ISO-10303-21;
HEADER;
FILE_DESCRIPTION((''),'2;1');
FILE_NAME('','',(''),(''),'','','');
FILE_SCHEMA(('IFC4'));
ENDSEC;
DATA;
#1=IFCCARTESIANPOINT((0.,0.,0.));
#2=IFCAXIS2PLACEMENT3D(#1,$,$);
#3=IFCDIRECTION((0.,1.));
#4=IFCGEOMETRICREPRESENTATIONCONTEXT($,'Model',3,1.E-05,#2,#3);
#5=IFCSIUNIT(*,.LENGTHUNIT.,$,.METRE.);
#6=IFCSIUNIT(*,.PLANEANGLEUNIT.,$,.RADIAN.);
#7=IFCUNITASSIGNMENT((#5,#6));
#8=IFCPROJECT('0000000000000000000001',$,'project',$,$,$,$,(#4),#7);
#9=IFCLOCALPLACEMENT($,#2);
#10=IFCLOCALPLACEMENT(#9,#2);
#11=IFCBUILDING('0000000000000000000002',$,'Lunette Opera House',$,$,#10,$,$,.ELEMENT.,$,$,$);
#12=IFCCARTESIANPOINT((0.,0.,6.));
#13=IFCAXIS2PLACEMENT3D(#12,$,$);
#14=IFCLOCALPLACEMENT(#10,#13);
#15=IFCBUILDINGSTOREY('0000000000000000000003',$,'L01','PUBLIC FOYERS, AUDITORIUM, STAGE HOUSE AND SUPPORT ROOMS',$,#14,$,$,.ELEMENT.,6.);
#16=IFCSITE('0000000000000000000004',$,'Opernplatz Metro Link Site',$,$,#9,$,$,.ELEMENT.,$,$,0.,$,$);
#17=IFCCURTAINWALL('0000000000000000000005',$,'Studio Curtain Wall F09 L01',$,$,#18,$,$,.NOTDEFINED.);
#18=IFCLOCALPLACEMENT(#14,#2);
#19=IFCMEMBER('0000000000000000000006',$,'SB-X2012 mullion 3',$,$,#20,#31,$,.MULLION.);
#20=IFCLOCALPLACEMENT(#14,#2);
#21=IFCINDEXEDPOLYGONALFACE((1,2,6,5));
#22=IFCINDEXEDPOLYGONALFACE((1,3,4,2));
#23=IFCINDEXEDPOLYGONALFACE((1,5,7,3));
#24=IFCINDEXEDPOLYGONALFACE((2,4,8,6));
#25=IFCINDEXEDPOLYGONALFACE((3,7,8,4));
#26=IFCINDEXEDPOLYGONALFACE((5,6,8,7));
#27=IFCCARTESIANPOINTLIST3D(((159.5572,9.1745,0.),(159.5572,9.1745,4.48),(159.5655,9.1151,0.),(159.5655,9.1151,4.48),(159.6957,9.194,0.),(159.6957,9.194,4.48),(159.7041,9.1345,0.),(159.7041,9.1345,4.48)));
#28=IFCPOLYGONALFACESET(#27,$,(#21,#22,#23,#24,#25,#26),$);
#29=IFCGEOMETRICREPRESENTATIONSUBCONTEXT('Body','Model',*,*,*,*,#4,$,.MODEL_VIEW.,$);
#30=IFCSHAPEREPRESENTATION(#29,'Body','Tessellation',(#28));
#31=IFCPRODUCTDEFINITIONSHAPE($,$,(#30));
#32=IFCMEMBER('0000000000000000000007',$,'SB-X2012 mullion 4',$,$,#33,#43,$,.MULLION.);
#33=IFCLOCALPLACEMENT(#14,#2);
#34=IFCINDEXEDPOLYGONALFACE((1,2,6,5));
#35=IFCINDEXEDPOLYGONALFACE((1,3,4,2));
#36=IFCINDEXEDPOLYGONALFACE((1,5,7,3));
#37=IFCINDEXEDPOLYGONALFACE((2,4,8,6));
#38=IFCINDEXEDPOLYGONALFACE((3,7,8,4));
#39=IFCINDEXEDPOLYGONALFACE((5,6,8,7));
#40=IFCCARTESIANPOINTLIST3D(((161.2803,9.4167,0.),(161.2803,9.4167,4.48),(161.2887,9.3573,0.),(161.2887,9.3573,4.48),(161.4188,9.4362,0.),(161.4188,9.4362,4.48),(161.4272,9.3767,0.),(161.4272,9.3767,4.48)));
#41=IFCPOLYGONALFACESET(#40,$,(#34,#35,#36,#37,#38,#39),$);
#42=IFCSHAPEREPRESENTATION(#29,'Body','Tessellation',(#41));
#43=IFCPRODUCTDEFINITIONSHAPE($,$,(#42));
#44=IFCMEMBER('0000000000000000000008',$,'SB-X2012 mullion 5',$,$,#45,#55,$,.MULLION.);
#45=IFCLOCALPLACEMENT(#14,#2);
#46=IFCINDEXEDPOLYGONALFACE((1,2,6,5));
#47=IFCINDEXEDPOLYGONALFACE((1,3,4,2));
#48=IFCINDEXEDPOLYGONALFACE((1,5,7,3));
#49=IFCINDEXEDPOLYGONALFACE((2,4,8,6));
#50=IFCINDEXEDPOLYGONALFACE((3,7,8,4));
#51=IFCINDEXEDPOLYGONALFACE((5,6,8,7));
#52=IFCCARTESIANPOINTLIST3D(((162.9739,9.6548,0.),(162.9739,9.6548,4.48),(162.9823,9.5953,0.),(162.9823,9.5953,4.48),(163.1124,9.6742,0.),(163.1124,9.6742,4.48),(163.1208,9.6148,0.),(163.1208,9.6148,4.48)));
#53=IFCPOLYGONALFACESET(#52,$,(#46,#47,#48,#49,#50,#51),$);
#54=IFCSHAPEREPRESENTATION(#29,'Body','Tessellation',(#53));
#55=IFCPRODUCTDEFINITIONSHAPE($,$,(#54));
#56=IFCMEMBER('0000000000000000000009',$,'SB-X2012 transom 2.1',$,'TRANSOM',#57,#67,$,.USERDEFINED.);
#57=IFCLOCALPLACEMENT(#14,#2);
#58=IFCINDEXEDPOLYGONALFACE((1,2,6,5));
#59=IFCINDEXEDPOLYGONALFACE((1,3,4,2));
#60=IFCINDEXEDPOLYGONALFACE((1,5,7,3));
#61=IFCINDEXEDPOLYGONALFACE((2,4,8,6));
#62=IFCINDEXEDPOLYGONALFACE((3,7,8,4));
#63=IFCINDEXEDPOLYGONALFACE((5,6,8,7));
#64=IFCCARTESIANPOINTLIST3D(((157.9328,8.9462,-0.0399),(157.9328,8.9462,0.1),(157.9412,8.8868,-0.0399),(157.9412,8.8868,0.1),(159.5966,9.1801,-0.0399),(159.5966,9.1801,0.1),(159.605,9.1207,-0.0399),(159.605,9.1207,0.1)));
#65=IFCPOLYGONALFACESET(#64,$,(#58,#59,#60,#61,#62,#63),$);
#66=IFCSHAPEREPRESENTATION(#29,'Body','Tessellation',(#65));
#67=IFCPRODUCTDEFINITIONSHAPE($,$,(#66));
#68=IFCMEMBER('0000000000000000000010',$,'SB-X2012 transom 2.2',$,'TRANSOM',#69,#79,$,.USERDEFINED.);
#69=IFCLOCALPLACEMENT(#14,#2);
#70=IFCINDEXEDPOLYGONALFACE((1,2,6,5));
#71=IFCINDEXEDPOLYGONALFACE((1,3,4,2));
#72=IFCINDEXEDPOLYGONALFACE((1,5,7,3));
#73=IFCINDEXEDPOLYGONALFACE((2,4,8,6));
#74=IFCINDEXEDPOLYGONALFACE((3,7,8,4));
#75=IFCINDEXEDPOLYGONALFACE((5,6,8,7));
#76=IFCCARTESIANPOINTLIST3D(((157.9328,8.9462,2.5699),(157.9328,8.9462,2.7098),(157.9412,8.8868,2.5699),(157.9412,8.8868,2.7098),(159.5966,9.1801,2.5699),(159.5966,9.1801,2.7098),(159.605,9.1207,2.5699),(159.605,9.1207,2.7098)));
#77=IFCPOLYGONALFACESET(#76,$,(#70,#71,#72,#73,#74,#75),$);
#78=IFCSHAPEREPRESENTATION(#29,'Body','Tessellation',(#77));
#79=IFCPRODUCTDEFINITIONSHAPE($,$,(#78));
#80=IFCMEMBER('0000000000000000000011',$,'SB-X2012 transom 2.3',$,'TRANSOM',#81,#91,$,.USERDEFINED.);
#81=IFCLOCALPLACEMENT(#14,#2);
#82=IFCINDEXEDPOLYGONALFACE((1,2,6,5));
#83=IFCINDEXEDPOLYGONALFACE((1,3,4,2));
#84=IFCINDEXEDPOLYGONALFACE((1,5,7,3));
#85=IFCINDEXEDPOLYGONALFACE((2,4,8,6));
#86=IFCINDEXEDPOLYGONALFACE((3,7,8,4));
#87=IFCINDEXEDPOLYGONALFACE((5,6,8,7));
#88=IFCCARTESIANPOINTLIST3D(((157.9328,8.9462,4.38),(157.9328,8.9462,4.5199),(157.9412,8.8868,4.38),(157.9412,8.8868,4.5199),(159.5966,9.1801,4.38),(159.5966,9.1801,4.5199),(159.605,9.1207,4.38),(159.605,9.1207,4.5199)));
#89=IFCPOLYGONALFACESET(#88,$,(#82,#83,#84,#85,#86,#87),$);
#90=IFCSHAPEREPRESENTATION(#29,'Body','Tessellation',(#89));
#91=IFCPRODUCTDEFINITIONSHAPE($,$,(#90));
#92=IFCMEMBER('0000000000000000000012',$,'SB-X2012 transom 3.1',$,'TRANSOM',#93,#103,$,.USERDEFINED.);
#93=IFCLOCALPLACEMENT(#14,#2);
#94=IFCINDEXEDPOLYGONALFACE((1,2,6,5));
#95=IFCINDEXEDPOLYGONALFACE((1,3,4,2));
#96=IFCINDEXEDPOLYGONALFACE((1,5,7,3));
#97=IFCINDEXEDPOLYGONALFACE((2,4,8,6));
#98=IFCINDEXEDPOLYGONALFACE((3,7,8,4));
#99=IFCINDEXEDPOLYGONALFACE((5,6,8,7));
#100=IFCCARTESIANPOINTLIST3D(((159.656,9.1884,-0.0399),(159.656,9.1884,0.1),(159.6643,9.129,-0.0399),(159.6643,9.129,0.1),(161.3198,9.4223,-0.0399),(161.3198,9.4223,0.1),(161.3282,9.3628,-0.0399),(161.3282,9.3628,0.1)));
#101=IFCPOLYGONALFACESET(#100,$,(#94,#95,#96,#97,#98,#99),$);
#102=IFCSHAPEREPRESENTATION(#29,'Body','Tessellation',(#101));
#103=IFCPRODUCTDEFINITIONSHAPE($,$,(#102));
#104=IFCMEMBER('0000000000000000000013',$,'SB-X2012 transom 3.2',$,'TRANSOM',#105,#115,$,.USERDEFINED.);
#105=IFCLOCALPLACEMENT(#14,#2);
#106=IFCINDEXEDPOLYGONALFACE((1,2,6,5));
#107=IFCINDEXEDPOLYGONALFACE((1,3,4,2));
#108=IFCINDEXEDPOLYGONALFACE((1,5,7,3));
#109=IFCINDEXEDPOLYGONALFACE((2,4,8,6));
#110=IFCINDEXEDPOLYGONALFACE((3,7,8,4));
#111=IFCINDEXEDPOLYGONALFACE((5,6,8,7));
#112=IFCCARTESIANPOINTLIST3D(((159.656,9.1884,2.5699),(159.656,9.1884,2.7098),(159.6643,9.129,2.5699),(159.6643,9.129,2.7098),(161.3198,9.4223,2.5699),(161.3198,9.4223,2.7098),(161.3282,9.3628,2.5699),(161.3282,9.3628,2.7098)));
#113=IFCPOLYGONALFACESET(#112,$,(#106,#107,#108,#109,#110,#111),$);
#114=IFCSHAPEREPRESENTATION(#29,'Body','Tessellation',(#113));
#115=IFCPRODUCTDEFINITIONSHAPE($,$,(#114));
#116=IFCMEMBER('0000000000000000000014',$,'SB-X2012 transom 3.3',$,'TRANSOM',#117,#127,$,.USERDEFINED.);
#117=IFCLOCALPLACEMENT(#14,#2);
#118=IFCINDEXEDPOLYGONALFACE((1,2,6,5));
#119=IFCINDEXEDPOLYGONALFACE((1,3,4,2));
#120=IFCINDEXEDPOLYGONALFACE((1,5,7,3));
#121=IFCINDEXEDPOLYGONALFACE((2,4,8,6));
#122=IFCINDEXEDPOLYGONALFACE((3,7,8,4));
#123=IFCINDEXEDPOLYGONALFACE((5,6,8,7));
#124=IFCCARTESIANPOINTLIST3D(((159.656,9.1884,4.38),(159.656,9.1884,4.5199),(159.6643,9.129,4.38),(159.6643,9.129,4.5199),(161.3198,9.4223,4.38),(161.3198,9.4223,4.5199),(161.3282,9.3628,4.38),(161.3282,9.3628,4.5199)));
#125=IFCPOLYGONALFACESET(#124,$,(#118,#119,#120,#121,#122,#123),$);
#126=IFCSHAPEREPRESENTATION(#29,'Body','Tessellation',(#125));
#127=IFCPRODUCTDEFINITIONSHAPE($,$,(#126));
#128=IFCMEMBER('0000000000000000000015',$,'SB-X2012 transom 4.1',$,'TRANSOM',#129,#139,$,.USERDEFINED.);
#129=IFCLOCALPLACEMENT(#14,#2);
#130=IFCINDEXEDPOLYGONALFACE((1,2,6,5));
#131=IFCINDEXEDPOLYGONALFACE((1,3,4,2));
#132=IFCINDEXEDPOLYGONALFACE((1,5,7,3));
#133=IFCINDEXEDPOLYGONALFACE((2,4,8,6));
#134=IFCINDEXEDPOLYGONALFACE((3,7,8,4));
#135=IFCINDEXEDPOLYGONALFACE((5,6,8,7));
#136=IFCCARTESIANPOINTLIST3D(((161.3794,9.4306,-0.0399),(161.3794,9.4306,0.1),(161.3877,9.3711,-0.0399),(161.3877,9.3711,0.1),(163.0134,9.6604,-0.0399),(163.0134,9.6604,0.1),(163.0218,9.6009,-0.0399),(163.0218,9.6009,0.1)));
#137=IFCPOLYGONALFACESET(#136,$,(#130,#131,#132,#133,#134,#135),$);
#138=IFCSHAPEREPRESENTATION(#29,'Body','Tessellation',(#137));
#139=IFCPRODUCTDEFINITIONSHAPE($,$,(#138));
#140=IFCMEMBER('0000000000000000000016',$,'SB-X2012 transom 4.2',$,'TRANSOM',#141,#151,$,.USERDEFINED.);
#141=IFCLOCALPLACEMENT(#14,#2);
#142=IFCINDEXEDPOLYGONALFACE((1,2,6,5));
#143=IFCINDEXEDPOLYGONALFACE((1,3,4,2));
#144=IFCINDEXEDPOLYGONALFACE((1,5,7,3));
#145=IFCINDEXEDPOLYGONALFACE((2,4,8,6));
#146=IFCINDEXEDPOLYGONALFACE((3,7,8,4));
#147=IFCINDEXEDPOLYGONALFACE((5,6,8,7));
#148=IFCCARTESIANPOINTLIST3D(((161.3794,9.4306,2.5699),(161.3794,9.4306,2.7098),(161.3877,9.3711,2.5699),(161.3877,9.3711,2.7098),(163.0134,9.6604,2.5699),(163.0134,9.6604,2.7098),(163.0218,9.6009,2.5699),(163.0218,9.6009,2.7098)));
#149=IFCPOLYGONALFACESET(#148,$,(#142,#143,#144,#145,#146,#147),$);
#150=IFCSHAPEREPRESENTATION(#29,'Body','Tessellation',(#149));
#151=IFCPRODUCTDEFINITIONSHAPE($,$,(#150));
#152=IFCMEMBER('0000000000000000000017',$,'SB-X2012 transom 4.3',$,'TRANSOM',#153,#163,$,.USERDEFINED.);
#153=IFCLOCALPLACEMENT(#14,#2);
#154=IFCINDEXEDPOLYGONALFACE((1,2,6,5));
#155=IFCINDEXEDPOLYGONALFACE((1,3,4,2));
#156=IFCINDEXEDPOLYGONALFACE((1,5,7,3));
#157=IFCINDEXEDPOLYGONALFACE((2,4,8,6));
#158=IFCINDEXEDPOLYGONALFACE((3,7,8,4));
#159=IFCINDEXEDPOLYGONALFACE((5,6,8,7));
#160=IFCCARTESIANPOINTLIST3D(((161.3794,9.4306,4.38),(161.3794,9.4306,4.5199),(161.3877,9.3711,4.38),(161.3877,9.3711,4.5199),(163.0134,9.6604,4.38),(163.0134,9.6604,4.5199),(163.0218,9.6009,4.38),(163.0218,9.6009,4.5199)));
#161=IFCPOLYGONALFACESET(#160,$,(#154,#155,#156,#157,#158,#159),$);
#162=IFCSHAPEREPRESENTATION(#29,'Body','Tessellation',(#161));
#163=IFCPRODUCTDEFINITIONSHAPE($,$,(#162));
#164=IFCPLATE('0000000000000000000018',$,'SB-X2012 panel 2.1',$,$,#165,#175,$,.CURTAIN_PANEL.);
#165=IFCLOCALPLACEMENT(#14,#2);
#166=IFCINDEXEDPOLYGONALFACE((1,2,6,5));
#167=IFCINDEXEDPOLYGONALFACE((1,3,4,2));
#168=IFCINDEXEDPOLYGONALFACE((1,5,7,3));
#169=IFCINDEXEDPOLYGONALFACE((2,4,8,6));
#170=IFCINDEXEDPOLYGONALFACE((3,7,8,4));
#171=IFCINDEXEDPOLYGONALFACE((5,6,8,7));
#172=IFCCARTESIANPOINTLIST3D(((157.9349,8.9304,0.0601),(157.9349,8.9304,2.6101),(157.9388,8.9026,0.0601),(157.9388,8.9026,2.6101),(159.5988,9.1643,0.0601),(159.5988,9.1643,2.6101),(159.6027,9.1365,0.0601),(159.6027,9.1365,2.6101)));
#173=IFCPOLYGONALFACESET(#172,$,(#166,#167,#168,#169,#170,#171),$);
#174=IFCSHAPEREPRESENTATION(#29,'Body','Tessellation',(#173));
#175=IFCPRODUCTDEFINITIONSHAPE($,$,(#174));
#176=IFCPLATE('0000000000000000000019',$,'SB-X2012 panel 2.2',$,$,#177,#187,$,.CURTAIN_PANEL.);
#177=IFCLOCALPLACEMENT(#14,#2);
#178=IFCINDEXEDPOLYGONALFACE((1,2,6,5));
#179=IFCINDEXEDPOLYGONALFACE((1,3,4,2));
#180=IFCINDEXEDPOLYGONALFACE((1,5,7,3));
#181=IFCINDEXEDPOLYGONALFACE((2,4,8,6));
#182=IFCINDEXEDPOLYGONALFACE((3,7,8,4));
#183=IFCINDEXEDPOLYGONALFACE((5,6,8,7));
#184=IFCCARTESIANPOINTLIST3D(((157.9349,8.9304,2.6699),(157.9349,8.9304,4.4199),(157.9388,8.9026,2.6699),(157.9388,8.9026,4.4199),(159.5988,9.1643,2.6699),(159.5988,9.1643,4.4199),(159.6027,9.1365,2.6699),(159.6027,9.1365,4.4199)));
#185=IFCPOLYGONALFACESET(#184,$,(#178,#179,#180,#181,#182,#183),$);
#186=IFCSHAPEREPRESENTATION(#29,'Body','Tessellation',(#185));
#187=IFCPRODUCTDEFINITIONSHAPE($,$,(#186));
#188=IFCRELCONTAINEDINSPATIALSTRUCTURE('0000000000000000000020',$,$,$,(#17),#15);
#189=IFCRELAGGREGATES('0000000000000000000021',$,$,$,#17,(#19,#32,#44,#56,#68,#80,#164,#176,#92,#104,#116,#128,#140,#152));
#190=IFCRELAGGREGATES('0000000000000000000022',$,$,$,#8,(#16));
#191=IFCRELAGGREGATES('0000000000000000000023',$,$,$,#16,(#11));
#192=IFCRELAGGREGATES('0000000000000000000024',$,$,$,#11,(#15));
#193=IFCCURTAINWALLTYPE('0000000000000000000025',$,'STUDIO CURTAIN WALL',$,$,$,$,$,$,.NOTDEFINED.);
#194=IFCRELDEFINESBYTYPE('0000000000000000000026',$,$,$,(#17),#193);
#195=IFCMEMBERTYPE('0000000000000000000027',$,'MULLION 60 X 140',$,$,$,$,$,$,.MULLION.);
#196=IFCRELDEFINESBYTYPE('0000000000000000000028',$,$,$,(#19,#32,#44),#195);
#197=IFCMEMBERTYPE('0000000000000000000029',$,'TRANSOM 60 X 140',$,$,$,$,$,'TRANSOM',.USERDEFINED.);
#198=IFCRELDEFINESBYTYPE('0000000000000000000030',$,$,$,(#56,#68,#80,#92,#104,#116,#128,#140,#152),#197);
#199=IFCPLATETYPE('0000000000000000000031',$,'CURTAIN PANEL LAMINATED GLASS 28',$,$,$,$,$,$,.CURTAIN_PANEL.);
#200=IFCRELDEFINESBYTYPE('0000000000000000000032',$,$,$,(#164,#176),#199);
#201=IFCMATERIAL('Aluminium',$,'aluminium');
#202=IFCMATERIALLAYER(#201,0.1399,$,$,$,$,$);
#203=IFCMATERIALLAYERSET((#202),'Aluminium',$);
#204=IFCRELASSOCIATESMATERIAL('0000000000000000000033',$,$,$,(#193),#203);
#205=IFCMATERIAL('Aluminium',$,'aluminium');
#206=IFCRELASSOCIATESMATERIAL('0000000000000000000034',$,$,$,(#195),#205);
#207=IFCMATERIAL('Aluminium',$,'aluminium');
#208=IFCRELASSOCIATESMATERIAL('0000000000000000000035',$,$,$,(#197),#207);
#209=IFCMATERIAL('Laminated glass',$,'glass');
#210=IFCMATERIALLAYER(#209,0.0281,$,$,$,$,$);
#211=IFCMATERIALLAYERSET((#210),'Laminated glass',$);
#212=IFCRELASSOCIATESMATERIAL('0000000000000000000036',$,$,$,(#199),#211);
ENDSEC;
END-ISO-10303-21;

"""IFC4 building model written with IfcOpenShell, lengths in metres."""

from ifc_helpers import new_model, si_unit, direction, frame, origin, origin_2d, place, context, subcontext, project, spatial, rectangle, extrude, material, layer, layer_set, material_profile, profile_set, type_object, element, aggregate, save


model = new_model("IFC4")

# Units and contexts
model_context = context("Model", 3, precision=1e-05, world=origin(), true_north=direction((0.0, 1.0)))
body_context = subcontext(model_context, "Body", "Model", "MODEL_VIEW")
ifc_project = project(units=[si_unit("LENGTHUNIT", "METRE"), si_unit("PLANEANGLEUNIT", "RADIAN")], contexts=[model_context])

# Site, building, storey
site_placement = place(None, origin())
site = spatial("IfcSite", under=ifc_project, at=site_placement, Name="Opernplatz Metro Link Site", CompositionType="ELEMENT", RefElevation=0.0)
building_placement = place(site_placement, origin())
building = spatial("IfcBuilding", under=site, at=building_placement, Name="Lunette Opera House", CompositionType="ELEMENT")
storey_placement = place(building_placement, frame((0.0, 0.0, 6.0)))
storey = spatial("IfcBuildingStorey", under=building, at=storey_placement, Name="L01", Description="PUBLIC FOYERS, AUDITORIUM, STAGE HOUSE AND SUPPORT ROOMS", CompositionType="ELEMENT", Elevation=6.0)

# Curtain wall, members, plates
ifc_material_1 = material(Name="Aluminium", Category="aluminium")
ifc_layer_1 = layer(ifc_material_1, 0.1399)
ifc_layer_set_1 = layer_set([ifc_layer_1], Name="Aluminium")
curtain_wall_type = type_object("IfcCurtainWallType", Name="STUDIO CURTAIN WALL", PredefinedType="NOTDEFINED", material=ifc_layer_set_1)
curtain_wall_placement = place(storey_placement, origin())
curtain_wall = element("IfcCurtainWall", 1, at=curtain_wall_placement, inside=storey, type_object=curtain_wall_type, Name="Studio Curtain Wall F09 L01", PredefinedType="NOTDEFINED")
ifc_material_2 = material(Name="Aluminium", Category="aluminium")
ifc_material_profile_1 = material_profile(ifc_material_2, rectangle(XDim=0.0601, YDim=0.1399, at=origin_2d()), Name="MULLION 60 X 140")
ifc_profile_set_1 = profile_set([ifc_material_profile_1], Name="Aluminium")
member_type_1 = type_object("IfcMemberType", Name="MULLION 60 X 140", PredefinedType="MULLION", material=ifc_profile_set_1)
member_1_placement = place(storey_placement, frame((159.6306, 9.1545, 0.0), z_axis=(0.0, 0.0, 1.0), x_axis=(-0.139209, 0.990263, 0.0)))
member_1 = element("IfcMember", 2, at=member_1_placement, type_object=member_type_1, Name="SB-X2012 mullion 3", PredefinedType="MULLION", context=body_context, shape_type="SweptSolid", body=[
    extrude(rectangle(XDim=0.0601, YDim=0.1399, at=origin_2d()), origin(), (0.0, 0.0, 1.0), 4.48),
])
member_2_placement = place(storey_placement, frame((161.3538, 9.3967, 0.0), z_axis=(0.0, 0.0, 1.0), x_axis=(-0.139209, 0.990263, 0.0)))
member_2 = element("IfcMember", 3, at=member_2_placement, type_object=member_type_1, Name="SB-X2012 mullion 4", PredefinedType="MULLION", context=body_context, shape_type="SweptSolid", body=[
    extrude(rectangle(XDim=0.0601, YDim=0.1399, at=origin_2d()), origin(), (0.0, 0.0, 1.0), 4.48),
])
member_3_placement = place(storey_placement, frame((163.0474, 9.6348, 0.0), z_axis=(0.0, 0.0, 1.0), x_axis=(-0.139209, 0.990263, 0.0)))
member_3 = element("IfcMember", 4, at=member_3_placement, type_object=member_type_1, Name="SB-X2012 mullion 5", PredefinedType="MULLION", context=body_context, shape_type="SweptSolid", body=[
    extrude(rectangle(XDim=0.0601, YDim=0.1399, at=origin_2d()), origin(), (0.0, 0.0, 1.0), 4.48),
])
ifc_material_3 = material(Name="Aluminium", Category="aluminium")
ifc_material_profile_2 = material_profile(ifc_material_3, rectangle(XDim=0.0601, YDim=0.1399, at=origin_2d()), Name="TRANSOM 60 X 140")
ifc_profile_set_2 = profile_set([ifc_material_profile_2], Name="Aluminium")
member_type_2 = type_object("IfcMemberType", Name="TRANSOM 60 X 140", ElementType="TRANSOM", PredefinedType="USERDEFINED", material=ifc_profile_set_2)
member_4_placement = place(storey_placement, frame((157.937, 8.9165, 0.03), z_axis=(0.990264, 0.139204, 0.0), x_axis=(-0.139204, 0.990264, 0.0)))
member_4 = element("IfcMember", 5, at=member_4_placement, type_object=member_type_2, Name="SB-X2012 transom 2.1", ObjectType="TRANSOM", PredefinedType="USERDEFINED", context=body_context, shape_type="SweptSolid", body=[
    extrude(rectangle(XDim=0.0601, YDim=0.1399, at=origin_2d()), origin(), (0.0, 0.0, 1.0), 1.6802),
])
member_5_placement = place(storey_placement, frame((157.937, 8.9165, 2.6399), z_axis=(0.990264, 0.139204, 0.0), x_axis=(-0.139204, 0.990264, 0.0)))
member_5 = element("IfcMember", 6, at=member_5_placement, type_object=member_type_2, Name="SB-X2012 transom 2.2", ObjectType="TRANSOM", PredefinedType="USERDEFINED", context=body_context, shape_type="SweptSolid", body=[
    extrude(rectangle(XDim=0.0601, YDim=0.1399, at=origin_2d()), origin(), (0.0, 0.0, 1.0), 1.6802),
])
member_6_placement = place(storey_placement, frame((157.937, 8.9165, 4.45), z_axis=(0.990264, 0.139204, 0.0), x_axis=(-0.139204, 0.990264, 0.0)))
member_6 = element("IfcMember", 7, at=member_6_placement, type_object=member_type_2, Name="SB-X2012 transom 2.3", ObjectType="TRANSOM", PredefinedType="USERDEFINED", context=body_context, shape_type="SweptSolid", body=[
    extrude(rectangle(XDim=0.0601, YDim=0.1399, at=origin_2d()), origin(), (0.0, 0.0, 1.0), 1.6802),
])
member_7_placement = place(storey_placement, frame((159.6602, 9.1587, 0.03), z_axis=(0.990264, 0.139204, 0.0), x_axis=(-0.139204, 0.990264, 0.0)))
member_7 = element("IfcMember", 8, at=member_7_placement, type_object=member_type_2, Name="SB-X2012 transom 3.1", ObjectType="TRANSOM", PredefinedType="USERDEFINED", context=body_context, shape_type="SweptSolid", body=[
    extrude(rectangle(XDim=0.0601, YDim=0.1399, at=origin_2d()), origin(), (0.0, 0.0, 1.0), 1.6802),
])
member_8_placement = place(storey_placement, frame((159.6602, 9.1587, 2.6399), z_axis=(0.990264, 0.139204, 0.0), x_axis=(-0.139204, 0.990264, 0.0)))
member_8 = element("IfcMember", 9, at=member_8_placement, type_object=member_type_2, Name="SB-X2012 transom 3.2", ObjectType="TRANSOM", PredefinedType="USERDEFINED", context=body_context, shape_type="SweptSolid", body=[
    extrude(rectangle(XDim=0.0601, YDim=0.1399, at=origin_2d()), origin(), (0.0, 0.0, 1.0), 1.6802),
])
member_9_placement = place(storey_placement, frame((159.6602, 9.1587, 4.45), z_axis=(0.990264, 0.139204, 0.0), x_axis=(-0.139204, 0.990264, 0.0)))
member_9 = element("IfcMember", 10, at=member_9_placement, type_object=member_type_2, Name="SB-X2012 transom 3.3", ObjectType="TRANSOM", PredefinedType="USERDEFINED", context=body_context, shape_type="SweptSolid", body=[
    extrude(rectangle(XDim=0.0601, YDim=0.1399, at=origin_2d()), origin(), (0.0, 0.0, 1.0), 1.6802),
])
member_10_placement = place(storey_placement, frame((161.3835, 9.4009, 0.03), z_axis=(0.990261, 0.139225, 0.0), x_axis=(-0.139225, 0.990261, 0.0)))
member_10 = element("IfcMember", 11, at=member_10_placement, type_object=member_type_2, Name="SB-X2012 transom 4.1", ObjectType="TRANSOM", PredefinedType="USERDEFINED", context=body_context, shape_type="SweptSolid", body=[
    extrude(rectangle(XDim=0.0601, YDim=0.1399, at=origin_2d()), origin(), (0.0, 0.0, 1.0), 1.6501),
])
member_11_placement = place(storey_placement, frame((161.3835, 9.4009, 2.6399), z_axis=(0.990261, 0.139225, 0.0), x_axis=(-0.139225, 0.990261, 0.0)))
member_11 = element("IfcMember", 12, at=member_11_placement, type_object=member_type_2, Name="SB-X2012 transom 4.2", ObjectType="TRANSOM", PredefinedType="USERDEFINED", context=body_context, shape_type="SweptSolid", body=[
    extrude(rectangle(XDim=0.0601, YDim=0.1399, at=origin_2d()), origin(), (0.0, 0.0, 1.0), 1.6501),
])
member_12_placement = place(storey_placement, frame((161.3835, 9.4009, 4.45), z_axis=(0.990261, 0.139225, 0.0), x_axis=(-0.139225, 0.990261, 0.0)))
member_12 = element("IfcMember", 13, at=member_12_placement, type_object=member_type_2, Name="SB-X2012 transom 4.3", ObjectType="TRANSOM", PredefinedType="USERDEFINED", context=body_context, shape_type="SweptSolid", body=[
    extrude(rectangle(XDim=0.0601, YDim=0.1399, at=origin_2d()), origin(), (0.0, 0.0, 1.0), 1.6501),
])
ifc_material_4 = material(Name="Laminated glass", Category="glass")
ifc_layer_2 = layer(ifc_material_4, 0.0281)
ifc_layer_set_2 = layer_set([ifc_layer_2], Name="Laminated glass")
plate_type = type_object("IfcPlateType", Name="CURTAIN PANEL LAMINATED GLASS 28", PredefinedType="CURTAIN_PANEL", material=ifc_layer_set_2)
plate_1_placement = place(storey_placement, frame((158.7688, 9.0334, 0.0601), z_axis=(0.0, 0.0, 1.0), x_axis=(0.990263, 0.139209, 0.0)))
plate_1 = element("IfcPlate", 14, at=plate_1_placement, type_object=plate_type, Name="SB-X2012 panel 2.1", PredefinedType="CURTAIN_PANEL", context=body_context, shape_type="SweptSolid", body=[
    extrude(rectangle(XDim=1.6802, YDim=0.0281, at=origin_2d()), origin(), (0.0, 0.0, 1.0), 2.55),
])
plate_2_placement = place(storey_placement, frame((158.7688, 9.0334, 2.6699), z_axis=(0.0, 0.0, 1.0), x_axis=(0.990263, 0.139209, 0.0)))
plate_2 = element("IfcPlate", 15, at=plate_2_placement, type_object=plate_type, Name="SB-X2012 panel 2.2", PredefinedType="CURTAIN_PANEL", context=body_context, shape_type="SweptSolid", body=[
    extrude(rectangle(XDim=1.6802, YDim=0.0281, at=origin_2d()), origin(), (0.0, 0.0, 1.0), 1.75),
])
aggregate(curtain_wall, [member_1, member_2, member_3, member_4, member_5, member_6, plate_1, plate_2, member_7, member_8, member_9, member_10, member_11, member_12])

save(model, "model.ifc")
